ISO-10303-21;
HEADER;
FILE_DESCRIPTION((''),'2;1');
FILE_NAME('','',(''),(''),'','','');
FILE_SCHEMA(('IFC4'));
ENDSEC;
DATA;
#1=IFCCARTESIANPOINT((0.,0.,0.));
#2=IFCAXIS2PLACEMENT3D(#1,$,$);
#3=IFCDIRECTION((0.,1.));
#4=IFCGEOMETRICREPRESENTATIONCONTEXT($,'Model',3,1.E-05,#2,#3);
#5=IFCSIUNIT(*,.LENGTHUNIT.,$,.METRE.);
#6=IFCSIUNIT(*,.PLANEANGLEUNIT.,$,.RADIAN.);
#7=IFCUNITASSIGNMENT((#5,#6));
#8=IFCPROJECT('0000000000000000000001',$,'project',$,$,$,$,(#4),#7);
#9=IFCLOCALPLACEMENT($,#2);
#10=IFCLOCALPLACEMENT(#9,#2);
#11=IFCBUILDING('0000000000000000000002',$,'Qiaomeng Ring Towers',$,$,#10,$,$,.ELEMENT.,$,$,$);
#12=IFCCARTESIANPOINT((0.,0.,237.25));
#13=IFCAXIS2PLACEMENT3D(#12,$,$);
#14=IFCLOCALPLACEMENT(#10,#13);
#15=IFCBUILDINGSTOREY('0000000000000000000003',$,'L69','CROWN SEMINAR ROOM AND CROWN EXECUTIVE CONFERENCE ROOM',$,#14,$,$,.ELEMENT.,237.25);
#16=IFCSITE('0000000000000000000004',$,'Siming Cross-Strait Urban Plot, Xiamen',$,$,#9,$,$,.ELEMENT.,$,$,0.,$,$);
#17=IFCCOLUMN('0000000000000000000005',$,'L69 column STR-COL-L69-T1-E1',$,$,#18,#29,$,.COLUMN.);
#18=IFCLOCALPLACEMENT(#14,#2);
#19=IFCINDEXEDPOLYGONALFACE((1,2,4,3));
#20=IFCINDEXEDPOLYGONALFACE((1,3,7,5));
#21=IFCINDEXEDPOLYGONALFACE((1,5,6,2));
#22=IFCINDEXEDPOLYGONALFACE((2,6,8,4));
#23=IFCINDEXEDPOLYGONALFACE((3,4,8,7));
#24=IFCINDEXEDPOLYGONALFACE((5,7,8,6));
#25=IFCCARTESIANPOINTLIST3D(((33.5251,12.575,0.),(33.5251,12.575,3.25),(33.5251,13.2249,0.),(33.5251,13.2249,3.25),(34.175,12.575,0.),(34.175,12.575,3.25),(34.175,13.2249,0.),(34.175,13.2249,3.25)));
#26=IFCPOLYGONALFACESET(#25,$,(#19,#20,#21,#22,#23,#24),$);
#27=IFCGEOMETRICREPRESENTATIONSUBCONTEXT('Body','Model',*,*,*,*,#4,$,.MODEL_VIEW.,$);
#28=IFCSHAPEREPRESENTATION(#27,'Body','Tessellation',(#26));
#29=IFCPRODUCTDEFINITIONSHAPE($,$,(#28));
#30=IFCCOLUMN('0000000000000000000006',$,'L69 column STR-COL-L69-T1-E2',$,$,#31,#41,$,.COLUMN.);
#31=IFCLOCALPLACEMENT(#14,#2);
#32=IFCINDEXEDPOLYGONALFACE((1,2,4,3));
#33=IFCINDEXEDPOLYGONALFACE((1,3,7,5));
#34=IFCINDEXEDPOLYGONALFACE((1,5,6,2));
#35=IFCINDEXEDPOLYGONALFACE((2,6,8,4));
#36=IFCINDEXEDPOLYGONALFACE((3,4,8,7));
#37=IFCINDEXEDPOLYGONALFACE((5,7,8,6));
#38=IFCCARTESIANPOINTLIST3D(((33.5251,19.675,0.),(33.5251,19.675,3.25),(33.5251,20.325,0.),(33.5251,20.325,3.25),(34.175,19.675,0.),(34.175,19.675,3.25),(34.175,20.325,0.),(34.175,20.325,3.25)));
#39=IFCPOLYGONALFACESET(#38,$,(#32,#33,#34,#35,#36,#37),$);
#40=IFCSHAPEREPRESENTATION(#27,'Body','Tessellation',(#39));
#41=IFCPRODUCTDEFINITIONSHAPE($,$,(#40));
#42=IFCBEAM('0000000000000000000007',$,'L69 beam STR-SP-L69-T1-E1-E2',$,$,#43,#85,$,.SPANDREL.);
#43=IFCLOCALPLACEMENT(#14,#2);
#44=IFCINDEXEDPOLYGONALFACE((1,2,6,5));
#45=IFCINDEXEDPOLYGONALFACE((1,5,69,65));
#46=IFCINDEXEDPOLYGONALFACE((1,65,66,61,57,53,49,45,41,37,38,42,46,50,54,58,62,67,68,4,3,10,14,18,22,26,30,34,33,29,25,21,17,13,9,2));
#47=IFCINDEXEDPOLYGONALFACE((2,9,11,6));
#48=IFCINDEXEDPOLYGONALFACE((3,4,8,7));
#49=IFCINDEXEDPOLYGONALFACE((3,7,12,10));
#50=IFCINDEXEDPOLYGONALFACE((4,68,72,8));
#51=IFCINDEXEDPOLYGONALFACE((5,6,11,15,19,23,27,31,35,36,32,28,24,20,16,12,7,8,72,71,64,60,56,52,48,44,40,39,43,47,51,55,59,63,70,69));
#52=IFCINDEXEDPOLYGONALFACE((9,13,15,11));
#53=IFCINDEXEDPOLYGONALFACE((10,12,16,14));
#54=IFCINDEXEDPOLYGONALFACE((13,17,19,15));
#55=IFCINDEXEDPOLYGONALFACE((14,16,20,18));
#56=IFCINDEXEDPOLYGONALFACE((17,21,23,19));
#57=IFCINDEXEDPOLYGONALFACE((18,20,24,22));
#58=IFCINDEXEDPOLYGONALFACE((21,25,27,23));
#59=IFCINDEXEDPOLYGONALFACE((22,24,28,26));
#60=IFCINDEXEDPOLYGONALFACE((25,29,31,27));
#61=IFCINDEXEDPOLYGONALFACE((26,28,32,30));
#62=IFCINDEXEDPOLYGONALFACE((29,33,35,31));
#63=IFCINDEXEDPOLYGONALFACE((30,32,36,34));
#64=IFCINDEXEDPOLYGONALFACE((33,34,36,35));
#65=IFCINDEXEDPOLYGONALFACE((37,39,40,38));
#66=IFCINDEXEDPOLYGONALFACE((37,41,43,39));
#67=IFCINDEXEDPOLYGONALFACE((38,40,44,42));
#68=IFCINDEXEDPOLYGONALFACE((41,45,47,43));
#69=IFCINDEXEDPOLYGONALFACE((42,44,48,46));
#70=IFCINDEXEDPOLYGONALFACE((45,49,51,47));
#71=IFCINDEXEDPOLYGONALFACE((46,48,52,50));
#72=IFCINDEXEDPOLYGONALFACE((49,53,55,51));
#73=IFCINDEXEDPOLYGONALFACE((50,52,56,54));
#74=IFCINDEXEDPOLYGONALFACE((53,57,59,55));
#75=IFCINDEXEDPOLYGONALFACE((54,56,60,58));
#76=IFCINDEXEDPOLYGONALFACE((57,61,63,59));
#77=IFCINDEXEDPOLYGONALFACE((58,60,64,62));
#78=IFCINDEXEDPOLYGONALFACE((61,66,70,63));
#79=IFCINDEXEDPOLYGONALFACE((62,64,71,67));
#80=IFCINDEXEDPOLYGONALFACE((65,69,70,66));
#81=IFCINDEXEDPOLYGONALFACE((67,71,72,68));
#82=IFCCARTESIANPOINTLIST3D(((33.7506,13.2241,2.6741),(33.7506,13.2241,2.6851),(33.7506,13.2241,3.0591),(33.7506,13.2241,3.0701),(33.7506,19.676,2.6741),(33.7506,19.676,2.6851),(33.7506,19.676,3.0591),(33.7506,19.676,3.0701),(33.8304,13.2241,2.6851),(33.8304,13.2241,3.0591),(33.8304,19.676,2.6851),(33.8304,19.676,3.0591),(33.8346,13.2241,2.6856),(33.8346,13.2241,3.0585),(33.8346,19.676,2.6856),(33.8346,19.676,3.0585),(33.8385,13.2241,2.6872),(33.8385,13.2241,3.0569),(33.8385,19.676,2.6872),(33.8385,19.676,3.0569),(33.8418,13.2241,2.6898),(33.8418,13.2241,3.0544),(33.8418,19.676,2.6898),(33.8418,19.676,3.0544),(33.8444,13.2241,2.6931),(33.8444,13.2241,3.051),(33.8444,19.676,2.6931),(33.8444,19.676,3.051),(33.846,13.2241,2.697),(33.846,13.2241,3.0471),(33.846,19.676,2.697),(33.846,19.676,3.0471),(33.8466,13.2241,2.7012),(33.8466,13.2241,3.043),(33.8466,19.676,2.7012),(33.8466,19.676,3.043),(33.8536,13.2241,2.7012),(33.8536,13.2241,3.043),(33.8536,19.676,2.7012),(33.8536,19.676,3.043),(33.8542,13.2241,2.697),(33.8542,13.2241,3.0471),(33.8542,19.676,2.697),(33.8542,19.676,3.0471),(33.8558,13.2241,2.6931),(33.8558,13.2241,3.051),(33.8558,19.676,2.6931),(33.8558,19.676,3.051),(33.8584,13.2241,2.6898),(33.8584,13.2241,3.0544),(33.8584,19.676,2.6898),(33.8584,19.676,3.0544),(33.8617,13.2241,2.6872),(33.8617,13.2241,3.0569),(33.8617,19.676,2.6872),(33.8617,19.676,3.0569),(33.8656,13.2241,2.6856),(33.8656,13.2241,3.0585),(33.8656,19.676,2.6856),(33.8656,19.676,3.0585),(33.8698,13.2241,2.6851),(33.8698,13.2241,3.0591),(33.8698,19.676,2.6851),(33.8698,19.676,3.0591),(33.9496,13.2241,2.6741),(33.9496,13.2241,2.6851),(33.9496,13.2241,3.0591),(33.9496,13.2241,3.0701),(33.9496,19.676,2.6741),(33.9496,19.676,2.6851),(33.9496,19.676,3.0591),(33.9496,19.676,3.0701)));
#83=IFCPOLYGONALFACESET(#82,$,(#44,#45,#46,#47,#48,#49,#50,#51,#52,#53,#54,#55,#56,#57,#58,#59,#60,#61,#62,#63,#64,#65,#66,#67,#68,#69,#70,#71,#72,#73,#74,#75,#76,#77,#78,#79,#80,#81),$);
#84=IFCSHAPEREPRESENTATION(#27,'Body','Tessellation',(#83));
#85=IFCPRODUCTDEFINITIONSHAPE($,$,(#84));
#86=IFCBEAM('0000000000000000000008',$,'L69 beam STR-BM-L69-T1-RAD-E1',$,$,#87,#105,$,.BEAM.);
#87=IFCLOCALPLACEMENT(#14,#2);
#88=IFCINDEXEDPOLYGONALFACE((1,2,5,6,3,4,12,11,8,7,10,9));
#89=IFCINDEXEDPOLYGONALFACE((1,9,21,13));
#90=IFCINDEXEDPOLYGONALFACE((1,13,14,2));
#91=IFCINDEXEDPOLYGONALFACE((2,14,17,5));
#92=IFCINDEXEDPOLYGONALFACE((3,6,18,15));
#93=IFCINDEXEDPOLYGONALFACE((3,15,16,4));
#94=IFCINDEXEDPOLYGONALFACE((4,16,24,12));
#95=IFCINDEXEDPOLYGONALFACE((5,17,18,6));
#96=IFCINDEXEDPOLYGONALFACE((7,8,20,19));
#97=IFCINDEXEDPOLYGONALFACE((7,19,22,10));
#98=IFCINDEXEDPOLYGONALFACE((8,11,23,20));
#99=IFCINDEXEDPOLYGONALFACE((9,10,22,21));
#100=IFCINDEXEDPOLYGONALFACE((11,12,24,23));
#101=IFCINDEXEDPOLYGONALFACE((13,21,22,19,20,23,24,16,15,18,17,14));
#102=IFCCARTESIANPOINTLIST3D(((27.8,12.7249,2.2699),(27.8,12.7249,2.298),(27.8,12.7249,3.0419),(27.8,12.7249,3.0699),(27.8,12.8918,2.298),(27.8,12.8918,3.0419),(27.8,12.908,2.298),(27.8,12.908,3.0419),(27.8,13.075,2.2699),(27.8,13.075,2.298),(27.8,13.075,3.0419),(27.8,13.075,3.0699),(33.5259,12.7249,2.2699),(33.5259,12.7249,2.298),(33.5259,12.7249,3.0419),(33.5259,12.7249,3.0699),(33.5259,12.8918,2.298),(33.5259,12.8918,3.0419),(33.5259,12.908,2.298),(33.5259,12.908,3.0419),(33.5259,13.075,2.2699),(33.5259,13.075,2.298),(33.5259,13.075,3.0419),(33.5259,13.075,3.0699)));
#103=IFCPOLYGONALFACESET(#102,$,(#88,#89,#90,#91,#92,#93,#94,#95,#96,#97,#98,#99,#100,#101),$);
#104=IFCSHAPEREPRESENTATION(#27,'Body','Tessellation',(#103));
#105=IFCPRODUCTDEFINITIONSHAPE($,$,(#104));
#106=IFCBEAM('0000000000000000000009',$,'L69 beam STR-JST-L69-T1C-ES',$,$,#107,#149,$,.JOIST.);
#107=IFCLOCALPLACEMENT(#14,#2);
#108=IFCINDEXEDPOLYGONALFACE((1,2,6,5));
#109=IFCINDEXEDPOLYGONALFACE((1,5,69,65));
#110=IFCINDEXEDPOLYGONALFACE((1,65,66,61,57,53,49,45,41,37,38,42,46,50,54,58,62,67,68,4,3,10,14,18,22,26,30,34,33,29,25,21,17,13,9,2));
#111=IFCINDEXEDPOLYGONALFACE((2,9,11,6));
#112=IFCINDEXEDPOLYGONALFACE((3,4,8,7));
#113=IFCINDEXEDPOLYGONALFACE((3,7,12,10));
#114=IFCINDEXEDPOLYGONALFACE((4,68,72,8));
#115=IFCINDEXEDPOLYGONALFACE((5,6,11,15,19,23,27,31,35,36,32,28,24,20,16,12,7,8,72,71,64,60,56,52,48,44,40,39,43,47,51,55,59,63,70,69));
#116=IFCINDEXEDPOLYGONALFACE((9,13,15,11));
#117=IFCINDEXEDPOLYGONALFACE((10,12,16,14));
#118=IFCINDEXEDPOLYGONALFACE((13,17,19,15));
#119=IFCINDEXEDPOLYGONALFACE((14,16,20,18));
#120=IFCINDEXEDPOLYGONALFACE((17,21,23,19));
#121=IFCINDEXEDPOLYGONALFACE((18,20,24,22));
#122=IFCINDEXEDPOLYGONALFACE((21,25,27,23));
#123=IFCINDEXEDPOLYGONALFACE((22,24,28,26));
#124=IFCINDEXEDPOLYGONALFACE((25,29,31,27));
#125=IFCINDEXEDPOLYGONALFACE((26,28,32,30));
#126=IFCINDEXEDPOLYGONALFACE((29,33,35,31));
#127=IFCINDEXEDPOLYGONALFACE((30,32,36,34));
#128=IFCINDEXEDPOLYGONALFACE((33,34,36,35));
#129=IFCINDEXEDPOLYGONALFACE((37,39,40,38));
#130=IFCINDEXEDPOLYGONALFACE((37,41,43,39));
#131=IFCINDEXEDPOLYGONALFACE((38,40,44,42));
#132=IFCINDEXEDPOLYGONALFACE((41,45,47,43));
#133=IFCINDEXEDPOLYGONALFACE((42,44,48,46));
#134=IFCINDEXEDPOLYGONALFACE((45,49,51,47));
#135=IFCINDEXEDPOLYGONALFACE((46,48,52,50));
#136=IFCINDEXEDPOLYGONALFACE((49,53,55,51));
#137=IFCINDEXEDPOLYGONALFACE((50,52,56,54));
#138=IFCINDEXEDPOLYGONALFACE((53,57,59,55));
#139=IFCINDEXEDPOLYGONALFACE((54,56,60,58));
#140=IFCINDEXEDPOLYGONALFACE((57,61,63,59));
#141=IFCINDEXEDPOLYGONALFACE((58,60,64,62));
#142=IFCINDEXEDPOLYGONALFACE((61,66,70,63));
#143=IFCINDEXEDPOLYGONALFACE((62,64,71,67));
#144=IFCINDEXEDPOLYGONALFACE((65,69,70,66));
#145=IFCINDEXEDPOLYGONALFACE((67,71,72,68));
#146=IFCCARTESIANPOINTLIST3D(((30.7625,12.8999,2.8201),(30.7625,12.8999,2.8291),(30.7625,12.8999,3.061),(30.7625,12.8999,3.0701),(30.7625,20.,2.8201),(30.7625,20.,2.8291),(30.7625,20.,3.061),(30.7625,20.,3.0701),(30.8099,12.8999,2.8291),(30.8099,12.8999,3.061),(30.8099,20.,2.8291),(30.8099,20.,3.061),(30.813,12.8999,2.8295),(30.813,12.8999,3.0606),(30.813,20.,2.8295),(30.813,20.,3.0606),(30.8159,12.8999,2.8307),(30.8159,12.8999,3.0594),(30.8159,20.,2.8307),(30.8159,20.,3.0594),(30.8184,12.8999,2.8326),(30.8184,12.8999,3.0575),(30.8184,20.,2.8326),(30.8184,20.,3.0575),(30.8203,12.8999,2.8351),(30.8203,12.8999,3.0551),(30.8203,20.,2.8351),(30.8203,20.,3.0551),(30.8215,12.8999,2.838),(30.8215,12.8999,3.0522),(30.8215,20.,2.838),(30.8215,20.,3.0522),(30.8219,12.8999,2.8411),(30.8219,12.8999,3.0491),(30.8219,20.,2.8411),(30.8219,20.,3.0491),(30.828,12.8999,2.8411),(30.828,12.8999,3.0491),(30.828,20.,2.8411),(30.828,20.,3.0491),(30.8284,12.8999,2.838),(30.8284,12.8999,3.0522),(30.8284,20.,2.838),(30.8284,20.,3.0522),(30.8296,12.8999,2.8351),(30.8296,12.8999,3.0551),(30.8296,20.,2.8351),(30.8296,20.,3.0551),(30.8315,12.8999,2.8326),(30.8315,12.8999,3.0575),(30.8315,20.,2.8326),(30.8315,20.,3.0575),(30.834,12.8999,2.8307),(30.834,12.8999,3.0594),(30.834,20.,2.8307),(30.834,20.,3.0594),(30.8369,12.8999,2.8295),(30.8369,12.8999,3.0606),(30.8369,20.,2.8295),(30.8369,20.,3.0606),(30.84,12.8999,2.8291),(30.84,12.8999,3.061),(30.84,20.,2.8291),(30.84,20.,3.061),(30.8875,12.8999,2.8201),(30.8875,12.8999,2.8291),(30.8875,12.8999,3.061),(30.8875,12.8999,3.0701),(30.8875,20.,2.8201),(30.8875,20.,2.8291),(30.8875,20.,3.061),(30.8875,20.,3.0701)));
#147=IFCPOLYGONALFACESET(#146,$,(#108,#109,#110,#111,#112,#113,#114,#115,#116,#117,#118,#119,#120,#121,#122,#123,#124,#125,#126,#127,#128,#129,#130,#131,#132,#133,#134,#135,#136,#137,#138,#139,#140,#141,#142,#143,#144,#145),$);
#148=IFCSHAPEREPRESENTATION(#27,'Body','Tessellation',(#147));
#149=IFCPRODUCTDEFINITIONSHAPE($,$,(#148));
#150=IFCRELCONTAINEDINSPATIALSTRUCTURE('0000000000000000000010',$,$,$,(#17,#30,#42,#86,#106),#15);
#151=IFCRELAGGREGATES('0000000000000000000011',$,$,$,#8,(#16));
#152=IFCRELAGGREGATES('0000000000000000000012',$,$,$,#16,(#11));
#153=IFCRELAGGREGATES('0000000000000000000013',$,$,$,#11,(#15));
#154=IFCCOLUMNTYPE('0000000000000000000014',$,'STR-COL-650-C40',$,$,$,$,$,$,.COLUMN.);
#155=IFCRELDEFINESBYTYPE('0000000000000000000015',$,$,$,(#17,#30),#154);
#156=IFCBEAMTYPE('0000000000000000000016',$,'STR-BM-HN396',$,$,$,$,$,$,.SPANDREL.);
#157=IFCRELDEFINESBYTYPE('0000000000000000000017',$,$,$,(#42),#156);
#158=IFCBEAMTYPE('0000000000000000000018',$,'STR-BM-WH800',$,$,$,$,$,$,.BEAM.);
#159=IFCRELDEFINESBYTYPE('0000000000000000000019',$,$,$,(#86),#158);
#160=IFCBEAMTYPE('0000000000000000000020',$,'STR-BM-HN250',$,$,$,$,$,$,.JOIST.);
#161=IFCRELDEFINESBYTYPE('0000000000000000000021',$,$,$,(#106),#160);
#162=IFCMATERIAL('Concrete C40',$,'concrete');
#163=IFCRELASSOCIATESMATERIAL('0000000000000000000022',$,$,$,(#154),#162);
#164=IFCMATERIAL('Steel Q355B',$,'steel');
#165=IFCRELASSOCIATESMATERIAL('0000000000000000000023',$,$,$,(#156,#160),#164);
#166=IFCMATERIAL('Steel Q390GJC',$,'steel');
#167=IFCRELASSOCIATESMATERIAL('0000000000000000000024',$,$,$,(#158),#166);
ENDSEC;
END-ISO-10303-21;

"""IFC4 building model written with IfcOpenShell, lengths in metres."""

from ifc_helpers import new_model, si_unit, direction, frame, origin, origin_2d, place, context, subcontext, project, spatial, rectangle, i_section, extrude, source, transform, mapped, material, material_profile, profile_set, type_object, element, save


model = new_model("IFC4")

# Units and contexts
model_context = context("Model", 3, precision=1e-05, world=origin(), true_north=direction((0.0, 1.0)))
body_context = subcontext(model_context, "Body", "Model", "MODEL_VIEW")
ifc_project = project(units=[si_unit("LENGTHUNIT", "METRE"), si_unit("PLANEANGLEUNIT", "RADIAN")], contexts=[model_context])

# Site, building, storey
site_placement = place(None, origin())
site = spatial("IfcSite", under=ifc_project, at=site_placement, Name="Siming Cross-Strait Urban Plot, Xiamen", CompositionType="ELEMENT", RefElevation=0.0)
building_placement = place(site_placement, origin())
building = spatial("IfcBuilding", under=site, at=building_placement, Name="Qiaomeng Ring Towers", CompositionType="ELEMENT")
storey_placement = place(building_placement, frame((0.0, 0.0, 237.25)))
storey = spatial("IfcBuildingStorey", under=building, at=storey_placement, Name="L69", Description="CROWN SEMINAR ROOM AND CROWN EXECUTIVE CONFERENCE ROOM", CompositionType="ELEMENT", Elevation=237.25)

# Columns
ifc_material_1 = material(Name="Concrete C40", Category="concrete")
ifc_material_profile_1 = material_profile(ifc_material_1, rectangle(XDim=0.6499, YDim=0.6499, at=origin_2d()), Name="RC COL 650x650")
ifc_profile_set_1 = profile_set([ifc_material_profile_1], Name="Concrete C40")
column_type = type_object("IfcColumnType", Name="STR-COL-650-C40", PredefinedType="COLUMN", material=ifc_profile_set_1)
shared_shape_1 = source(origin(), body_context, "Body", "SweptSolid", [
    extrude(rectangle(XDim=0.6499, YDim=0.6499, at=origin_2d()), origin(), (0.0, 0.0, 1.0), 3.25),
])
for number, where, z_axis, x_axis, name in (
    (1, (33.8501, 12.8999, 0.0), (0.0, 0.0, 1.0), (1.0, 0.0, 0.0), "L69 column STR-COL-L69-T1-E1"),
    (2, (33.8501, 20.0, 0.0), (0.0, 0.0, 1.0), (1.0, 0.0, 0.0), "L69 column STR-COL-L69-T1-E2"),
):
    element("IfcColumn", number, at=place(storey_placement, frame(where, z_axis=z_axis, x_axis=x_axis)), inside=storey, type_object=column_type, Name=name, PredefinedType="COLUMN", context=body_context, shape_type="MappedRepresentation", body=[
        mapped(shared_shape_1, transform((0.0, 0.0, 0.0), x_axis=(1.0, 0.0, 0.0), y_axis=(0.0, 1.0, 0.0), z_axis=(0.0, 0.0, 1.0), scale=1.0)),
    ])

# Beams
ifc_material_2 = material(Name="Steel Q355B", Category="steel")
ifc_material_profile_2 = material_profile(ifc_material_2, i_section(OverallWidth=0.199, OverallDepth=0.396, WebThickness=0.0071, FlangeThickness=0.011, FilletRadius=0.0161, at=origin_2d()), Name="HN 396x199x7x11")
ifc_profile_set_2 = profile_set([ifc_material_profile_2], Name="Steel Q355B")
beam_type_1 = type_object("IfcBeamType", Name="STR-BM-HN396", PredefinedType="SPANDREL", material=ifc_profile_set_2)
shared_shape_2 = source(origin(), body_context, "Body", "SweptSolid", [
    extrude(i_section(OverallWidth=0.199, OverallDepth=0.396, WebThickness=0.0071, FlangeThickness=0.011, FilletRadius=0.0161, at=origin_2d()), origin(), (0.0, 0.0, 1.0), 6.4519),
])
beam_1_placement = place(storey_placement, frame((33.8501, 13.2241, 2.8721), z_axis=(0.0, 1.0, 0.0), x_axis=(-1.0, 0.0, 0.0)))
element("IfcBeam", 3, at=beam_1_placement, inside=storey, type_object=beam_type_1, Name="L69 beam STR-SP-L69-T1-E1-E2", PredefinedType="SPANDREL", context=body_context, shape_type="MappedRepresentation", body=[
    mapped(shared_shape_2, transform((0.0, 0.0, 0.0), x_axis=(1.0, 0.0, 0.0), y_axis=(0.0, 1.0, 0.0), z_axis=(0.0, 0.0, 1.0), scale=1.0)),
])
ifc_material_3 = material(Name="Steel Q390GJC", Category="steel")
ifc_material_profile_3 = material_profile(ifc_material_3, i_section(OverallWidth=0.3501, OverallDepth=0.8, WebThickness=0.0161, FlangeThickness=0.0281, at=origin_2d()), Name="WH 800x350x16x28")
ifc_profile_set_3 = profile_set([ifc_material_profile_3], Name="Steel Q390GJC")
beam_type_2 = type_object("IfcBeamType", Name="STR-BM-WH800", PredefinedType="BEAM", material=ifc_profile_set_3)
shared_shape_3 = source(origin(), body_context, "Body", "SweptSolid", [
    extrude(i_section(OverallWidth=0.3501, OverallDepth=0.8, WebThickness=0.0161, FlangeThickness=0.0281, at=origin_2d()), origin(), (0.0, 0.0, 1.0), 5.7258),
])
beam_2_placement = place(storey_placement, frame((27.8, 12.8999, 2.6699), z_axis=(1.0, 0.0, 0.0), x_axis=(0.0, 1.0, 0.0)))
element("IfcBeam", 4, at=beam_2_placement, inside=storey, type_object=beam_type_2, Name="L69 beam STR-BM-L69-T1-RAD-E1", PredefinedType="BEAM", context=body_context, shape_type="MappedRepresentation", body=[
    mapped(shared_shape_3, transform((0.0, 0.0, 0.0), x_axis=(1.0, 0.0, 0.0), y_axis=(0.0, 1.0, 0.0), z_axis=(0.0, 0.0, 1.0), scale=1.0)),
])
ifc_material_profile_4 = material_profile(ifc_material_2, i_section(OverallWidth=0.125, OverallDepth=0.25, WebThickness=0.0061, FlangeThickness=0.009, FilletRadius=0.012, at=origin_2d()), Name="HN 250x125x6x9")
ifc_profile_set_4 = profile_set([ifc_material_profile_4], Name="Steel Q355B")
beam_type_3 = type_object("IfcBeamType", Name="STR-BM-HN250", PredefinedType="JOIST", material=ifc_profile_set_4)
shared_shape_4 = source(origin(), body_context, "Body", "SweptSolid", [
    extrude(i_section(OverallWidth=0.125, OverallDepth=0.25, WebThickness=0.0061, FlangeThickness=0.009, FilletRadius=0.012, at=origin_2d()), origin(), (0.0, 0.0, 1.0), 7.1001),
])
beam_3_placement = place(storey_placement, frame((30.825, 12.8999, 2.9451), z_axis=(0.0, 1.0, 0.0), x_axis=(-1.0, 0.0, 0.0)))
element("IfcBeam", 5, at=beam_3_placement, inside=storey, type_object=beam_type_3, Name="L69 beam STR-JST-L69-T1C-ES", PredefinedType="JOIST", context=body_context, shape_type="MappedRepresentation", body=[
    mapped(shared_shape_4, transform((0.0, 0.0, 0.0), x_axis=(1.0, 0.0, 0.0), y_axis=(0.0, 1.0, 0.0), z_axis=(0.0, 0.0, 1.0), scale=1.0)),
])

save(model, "model.ifc")
